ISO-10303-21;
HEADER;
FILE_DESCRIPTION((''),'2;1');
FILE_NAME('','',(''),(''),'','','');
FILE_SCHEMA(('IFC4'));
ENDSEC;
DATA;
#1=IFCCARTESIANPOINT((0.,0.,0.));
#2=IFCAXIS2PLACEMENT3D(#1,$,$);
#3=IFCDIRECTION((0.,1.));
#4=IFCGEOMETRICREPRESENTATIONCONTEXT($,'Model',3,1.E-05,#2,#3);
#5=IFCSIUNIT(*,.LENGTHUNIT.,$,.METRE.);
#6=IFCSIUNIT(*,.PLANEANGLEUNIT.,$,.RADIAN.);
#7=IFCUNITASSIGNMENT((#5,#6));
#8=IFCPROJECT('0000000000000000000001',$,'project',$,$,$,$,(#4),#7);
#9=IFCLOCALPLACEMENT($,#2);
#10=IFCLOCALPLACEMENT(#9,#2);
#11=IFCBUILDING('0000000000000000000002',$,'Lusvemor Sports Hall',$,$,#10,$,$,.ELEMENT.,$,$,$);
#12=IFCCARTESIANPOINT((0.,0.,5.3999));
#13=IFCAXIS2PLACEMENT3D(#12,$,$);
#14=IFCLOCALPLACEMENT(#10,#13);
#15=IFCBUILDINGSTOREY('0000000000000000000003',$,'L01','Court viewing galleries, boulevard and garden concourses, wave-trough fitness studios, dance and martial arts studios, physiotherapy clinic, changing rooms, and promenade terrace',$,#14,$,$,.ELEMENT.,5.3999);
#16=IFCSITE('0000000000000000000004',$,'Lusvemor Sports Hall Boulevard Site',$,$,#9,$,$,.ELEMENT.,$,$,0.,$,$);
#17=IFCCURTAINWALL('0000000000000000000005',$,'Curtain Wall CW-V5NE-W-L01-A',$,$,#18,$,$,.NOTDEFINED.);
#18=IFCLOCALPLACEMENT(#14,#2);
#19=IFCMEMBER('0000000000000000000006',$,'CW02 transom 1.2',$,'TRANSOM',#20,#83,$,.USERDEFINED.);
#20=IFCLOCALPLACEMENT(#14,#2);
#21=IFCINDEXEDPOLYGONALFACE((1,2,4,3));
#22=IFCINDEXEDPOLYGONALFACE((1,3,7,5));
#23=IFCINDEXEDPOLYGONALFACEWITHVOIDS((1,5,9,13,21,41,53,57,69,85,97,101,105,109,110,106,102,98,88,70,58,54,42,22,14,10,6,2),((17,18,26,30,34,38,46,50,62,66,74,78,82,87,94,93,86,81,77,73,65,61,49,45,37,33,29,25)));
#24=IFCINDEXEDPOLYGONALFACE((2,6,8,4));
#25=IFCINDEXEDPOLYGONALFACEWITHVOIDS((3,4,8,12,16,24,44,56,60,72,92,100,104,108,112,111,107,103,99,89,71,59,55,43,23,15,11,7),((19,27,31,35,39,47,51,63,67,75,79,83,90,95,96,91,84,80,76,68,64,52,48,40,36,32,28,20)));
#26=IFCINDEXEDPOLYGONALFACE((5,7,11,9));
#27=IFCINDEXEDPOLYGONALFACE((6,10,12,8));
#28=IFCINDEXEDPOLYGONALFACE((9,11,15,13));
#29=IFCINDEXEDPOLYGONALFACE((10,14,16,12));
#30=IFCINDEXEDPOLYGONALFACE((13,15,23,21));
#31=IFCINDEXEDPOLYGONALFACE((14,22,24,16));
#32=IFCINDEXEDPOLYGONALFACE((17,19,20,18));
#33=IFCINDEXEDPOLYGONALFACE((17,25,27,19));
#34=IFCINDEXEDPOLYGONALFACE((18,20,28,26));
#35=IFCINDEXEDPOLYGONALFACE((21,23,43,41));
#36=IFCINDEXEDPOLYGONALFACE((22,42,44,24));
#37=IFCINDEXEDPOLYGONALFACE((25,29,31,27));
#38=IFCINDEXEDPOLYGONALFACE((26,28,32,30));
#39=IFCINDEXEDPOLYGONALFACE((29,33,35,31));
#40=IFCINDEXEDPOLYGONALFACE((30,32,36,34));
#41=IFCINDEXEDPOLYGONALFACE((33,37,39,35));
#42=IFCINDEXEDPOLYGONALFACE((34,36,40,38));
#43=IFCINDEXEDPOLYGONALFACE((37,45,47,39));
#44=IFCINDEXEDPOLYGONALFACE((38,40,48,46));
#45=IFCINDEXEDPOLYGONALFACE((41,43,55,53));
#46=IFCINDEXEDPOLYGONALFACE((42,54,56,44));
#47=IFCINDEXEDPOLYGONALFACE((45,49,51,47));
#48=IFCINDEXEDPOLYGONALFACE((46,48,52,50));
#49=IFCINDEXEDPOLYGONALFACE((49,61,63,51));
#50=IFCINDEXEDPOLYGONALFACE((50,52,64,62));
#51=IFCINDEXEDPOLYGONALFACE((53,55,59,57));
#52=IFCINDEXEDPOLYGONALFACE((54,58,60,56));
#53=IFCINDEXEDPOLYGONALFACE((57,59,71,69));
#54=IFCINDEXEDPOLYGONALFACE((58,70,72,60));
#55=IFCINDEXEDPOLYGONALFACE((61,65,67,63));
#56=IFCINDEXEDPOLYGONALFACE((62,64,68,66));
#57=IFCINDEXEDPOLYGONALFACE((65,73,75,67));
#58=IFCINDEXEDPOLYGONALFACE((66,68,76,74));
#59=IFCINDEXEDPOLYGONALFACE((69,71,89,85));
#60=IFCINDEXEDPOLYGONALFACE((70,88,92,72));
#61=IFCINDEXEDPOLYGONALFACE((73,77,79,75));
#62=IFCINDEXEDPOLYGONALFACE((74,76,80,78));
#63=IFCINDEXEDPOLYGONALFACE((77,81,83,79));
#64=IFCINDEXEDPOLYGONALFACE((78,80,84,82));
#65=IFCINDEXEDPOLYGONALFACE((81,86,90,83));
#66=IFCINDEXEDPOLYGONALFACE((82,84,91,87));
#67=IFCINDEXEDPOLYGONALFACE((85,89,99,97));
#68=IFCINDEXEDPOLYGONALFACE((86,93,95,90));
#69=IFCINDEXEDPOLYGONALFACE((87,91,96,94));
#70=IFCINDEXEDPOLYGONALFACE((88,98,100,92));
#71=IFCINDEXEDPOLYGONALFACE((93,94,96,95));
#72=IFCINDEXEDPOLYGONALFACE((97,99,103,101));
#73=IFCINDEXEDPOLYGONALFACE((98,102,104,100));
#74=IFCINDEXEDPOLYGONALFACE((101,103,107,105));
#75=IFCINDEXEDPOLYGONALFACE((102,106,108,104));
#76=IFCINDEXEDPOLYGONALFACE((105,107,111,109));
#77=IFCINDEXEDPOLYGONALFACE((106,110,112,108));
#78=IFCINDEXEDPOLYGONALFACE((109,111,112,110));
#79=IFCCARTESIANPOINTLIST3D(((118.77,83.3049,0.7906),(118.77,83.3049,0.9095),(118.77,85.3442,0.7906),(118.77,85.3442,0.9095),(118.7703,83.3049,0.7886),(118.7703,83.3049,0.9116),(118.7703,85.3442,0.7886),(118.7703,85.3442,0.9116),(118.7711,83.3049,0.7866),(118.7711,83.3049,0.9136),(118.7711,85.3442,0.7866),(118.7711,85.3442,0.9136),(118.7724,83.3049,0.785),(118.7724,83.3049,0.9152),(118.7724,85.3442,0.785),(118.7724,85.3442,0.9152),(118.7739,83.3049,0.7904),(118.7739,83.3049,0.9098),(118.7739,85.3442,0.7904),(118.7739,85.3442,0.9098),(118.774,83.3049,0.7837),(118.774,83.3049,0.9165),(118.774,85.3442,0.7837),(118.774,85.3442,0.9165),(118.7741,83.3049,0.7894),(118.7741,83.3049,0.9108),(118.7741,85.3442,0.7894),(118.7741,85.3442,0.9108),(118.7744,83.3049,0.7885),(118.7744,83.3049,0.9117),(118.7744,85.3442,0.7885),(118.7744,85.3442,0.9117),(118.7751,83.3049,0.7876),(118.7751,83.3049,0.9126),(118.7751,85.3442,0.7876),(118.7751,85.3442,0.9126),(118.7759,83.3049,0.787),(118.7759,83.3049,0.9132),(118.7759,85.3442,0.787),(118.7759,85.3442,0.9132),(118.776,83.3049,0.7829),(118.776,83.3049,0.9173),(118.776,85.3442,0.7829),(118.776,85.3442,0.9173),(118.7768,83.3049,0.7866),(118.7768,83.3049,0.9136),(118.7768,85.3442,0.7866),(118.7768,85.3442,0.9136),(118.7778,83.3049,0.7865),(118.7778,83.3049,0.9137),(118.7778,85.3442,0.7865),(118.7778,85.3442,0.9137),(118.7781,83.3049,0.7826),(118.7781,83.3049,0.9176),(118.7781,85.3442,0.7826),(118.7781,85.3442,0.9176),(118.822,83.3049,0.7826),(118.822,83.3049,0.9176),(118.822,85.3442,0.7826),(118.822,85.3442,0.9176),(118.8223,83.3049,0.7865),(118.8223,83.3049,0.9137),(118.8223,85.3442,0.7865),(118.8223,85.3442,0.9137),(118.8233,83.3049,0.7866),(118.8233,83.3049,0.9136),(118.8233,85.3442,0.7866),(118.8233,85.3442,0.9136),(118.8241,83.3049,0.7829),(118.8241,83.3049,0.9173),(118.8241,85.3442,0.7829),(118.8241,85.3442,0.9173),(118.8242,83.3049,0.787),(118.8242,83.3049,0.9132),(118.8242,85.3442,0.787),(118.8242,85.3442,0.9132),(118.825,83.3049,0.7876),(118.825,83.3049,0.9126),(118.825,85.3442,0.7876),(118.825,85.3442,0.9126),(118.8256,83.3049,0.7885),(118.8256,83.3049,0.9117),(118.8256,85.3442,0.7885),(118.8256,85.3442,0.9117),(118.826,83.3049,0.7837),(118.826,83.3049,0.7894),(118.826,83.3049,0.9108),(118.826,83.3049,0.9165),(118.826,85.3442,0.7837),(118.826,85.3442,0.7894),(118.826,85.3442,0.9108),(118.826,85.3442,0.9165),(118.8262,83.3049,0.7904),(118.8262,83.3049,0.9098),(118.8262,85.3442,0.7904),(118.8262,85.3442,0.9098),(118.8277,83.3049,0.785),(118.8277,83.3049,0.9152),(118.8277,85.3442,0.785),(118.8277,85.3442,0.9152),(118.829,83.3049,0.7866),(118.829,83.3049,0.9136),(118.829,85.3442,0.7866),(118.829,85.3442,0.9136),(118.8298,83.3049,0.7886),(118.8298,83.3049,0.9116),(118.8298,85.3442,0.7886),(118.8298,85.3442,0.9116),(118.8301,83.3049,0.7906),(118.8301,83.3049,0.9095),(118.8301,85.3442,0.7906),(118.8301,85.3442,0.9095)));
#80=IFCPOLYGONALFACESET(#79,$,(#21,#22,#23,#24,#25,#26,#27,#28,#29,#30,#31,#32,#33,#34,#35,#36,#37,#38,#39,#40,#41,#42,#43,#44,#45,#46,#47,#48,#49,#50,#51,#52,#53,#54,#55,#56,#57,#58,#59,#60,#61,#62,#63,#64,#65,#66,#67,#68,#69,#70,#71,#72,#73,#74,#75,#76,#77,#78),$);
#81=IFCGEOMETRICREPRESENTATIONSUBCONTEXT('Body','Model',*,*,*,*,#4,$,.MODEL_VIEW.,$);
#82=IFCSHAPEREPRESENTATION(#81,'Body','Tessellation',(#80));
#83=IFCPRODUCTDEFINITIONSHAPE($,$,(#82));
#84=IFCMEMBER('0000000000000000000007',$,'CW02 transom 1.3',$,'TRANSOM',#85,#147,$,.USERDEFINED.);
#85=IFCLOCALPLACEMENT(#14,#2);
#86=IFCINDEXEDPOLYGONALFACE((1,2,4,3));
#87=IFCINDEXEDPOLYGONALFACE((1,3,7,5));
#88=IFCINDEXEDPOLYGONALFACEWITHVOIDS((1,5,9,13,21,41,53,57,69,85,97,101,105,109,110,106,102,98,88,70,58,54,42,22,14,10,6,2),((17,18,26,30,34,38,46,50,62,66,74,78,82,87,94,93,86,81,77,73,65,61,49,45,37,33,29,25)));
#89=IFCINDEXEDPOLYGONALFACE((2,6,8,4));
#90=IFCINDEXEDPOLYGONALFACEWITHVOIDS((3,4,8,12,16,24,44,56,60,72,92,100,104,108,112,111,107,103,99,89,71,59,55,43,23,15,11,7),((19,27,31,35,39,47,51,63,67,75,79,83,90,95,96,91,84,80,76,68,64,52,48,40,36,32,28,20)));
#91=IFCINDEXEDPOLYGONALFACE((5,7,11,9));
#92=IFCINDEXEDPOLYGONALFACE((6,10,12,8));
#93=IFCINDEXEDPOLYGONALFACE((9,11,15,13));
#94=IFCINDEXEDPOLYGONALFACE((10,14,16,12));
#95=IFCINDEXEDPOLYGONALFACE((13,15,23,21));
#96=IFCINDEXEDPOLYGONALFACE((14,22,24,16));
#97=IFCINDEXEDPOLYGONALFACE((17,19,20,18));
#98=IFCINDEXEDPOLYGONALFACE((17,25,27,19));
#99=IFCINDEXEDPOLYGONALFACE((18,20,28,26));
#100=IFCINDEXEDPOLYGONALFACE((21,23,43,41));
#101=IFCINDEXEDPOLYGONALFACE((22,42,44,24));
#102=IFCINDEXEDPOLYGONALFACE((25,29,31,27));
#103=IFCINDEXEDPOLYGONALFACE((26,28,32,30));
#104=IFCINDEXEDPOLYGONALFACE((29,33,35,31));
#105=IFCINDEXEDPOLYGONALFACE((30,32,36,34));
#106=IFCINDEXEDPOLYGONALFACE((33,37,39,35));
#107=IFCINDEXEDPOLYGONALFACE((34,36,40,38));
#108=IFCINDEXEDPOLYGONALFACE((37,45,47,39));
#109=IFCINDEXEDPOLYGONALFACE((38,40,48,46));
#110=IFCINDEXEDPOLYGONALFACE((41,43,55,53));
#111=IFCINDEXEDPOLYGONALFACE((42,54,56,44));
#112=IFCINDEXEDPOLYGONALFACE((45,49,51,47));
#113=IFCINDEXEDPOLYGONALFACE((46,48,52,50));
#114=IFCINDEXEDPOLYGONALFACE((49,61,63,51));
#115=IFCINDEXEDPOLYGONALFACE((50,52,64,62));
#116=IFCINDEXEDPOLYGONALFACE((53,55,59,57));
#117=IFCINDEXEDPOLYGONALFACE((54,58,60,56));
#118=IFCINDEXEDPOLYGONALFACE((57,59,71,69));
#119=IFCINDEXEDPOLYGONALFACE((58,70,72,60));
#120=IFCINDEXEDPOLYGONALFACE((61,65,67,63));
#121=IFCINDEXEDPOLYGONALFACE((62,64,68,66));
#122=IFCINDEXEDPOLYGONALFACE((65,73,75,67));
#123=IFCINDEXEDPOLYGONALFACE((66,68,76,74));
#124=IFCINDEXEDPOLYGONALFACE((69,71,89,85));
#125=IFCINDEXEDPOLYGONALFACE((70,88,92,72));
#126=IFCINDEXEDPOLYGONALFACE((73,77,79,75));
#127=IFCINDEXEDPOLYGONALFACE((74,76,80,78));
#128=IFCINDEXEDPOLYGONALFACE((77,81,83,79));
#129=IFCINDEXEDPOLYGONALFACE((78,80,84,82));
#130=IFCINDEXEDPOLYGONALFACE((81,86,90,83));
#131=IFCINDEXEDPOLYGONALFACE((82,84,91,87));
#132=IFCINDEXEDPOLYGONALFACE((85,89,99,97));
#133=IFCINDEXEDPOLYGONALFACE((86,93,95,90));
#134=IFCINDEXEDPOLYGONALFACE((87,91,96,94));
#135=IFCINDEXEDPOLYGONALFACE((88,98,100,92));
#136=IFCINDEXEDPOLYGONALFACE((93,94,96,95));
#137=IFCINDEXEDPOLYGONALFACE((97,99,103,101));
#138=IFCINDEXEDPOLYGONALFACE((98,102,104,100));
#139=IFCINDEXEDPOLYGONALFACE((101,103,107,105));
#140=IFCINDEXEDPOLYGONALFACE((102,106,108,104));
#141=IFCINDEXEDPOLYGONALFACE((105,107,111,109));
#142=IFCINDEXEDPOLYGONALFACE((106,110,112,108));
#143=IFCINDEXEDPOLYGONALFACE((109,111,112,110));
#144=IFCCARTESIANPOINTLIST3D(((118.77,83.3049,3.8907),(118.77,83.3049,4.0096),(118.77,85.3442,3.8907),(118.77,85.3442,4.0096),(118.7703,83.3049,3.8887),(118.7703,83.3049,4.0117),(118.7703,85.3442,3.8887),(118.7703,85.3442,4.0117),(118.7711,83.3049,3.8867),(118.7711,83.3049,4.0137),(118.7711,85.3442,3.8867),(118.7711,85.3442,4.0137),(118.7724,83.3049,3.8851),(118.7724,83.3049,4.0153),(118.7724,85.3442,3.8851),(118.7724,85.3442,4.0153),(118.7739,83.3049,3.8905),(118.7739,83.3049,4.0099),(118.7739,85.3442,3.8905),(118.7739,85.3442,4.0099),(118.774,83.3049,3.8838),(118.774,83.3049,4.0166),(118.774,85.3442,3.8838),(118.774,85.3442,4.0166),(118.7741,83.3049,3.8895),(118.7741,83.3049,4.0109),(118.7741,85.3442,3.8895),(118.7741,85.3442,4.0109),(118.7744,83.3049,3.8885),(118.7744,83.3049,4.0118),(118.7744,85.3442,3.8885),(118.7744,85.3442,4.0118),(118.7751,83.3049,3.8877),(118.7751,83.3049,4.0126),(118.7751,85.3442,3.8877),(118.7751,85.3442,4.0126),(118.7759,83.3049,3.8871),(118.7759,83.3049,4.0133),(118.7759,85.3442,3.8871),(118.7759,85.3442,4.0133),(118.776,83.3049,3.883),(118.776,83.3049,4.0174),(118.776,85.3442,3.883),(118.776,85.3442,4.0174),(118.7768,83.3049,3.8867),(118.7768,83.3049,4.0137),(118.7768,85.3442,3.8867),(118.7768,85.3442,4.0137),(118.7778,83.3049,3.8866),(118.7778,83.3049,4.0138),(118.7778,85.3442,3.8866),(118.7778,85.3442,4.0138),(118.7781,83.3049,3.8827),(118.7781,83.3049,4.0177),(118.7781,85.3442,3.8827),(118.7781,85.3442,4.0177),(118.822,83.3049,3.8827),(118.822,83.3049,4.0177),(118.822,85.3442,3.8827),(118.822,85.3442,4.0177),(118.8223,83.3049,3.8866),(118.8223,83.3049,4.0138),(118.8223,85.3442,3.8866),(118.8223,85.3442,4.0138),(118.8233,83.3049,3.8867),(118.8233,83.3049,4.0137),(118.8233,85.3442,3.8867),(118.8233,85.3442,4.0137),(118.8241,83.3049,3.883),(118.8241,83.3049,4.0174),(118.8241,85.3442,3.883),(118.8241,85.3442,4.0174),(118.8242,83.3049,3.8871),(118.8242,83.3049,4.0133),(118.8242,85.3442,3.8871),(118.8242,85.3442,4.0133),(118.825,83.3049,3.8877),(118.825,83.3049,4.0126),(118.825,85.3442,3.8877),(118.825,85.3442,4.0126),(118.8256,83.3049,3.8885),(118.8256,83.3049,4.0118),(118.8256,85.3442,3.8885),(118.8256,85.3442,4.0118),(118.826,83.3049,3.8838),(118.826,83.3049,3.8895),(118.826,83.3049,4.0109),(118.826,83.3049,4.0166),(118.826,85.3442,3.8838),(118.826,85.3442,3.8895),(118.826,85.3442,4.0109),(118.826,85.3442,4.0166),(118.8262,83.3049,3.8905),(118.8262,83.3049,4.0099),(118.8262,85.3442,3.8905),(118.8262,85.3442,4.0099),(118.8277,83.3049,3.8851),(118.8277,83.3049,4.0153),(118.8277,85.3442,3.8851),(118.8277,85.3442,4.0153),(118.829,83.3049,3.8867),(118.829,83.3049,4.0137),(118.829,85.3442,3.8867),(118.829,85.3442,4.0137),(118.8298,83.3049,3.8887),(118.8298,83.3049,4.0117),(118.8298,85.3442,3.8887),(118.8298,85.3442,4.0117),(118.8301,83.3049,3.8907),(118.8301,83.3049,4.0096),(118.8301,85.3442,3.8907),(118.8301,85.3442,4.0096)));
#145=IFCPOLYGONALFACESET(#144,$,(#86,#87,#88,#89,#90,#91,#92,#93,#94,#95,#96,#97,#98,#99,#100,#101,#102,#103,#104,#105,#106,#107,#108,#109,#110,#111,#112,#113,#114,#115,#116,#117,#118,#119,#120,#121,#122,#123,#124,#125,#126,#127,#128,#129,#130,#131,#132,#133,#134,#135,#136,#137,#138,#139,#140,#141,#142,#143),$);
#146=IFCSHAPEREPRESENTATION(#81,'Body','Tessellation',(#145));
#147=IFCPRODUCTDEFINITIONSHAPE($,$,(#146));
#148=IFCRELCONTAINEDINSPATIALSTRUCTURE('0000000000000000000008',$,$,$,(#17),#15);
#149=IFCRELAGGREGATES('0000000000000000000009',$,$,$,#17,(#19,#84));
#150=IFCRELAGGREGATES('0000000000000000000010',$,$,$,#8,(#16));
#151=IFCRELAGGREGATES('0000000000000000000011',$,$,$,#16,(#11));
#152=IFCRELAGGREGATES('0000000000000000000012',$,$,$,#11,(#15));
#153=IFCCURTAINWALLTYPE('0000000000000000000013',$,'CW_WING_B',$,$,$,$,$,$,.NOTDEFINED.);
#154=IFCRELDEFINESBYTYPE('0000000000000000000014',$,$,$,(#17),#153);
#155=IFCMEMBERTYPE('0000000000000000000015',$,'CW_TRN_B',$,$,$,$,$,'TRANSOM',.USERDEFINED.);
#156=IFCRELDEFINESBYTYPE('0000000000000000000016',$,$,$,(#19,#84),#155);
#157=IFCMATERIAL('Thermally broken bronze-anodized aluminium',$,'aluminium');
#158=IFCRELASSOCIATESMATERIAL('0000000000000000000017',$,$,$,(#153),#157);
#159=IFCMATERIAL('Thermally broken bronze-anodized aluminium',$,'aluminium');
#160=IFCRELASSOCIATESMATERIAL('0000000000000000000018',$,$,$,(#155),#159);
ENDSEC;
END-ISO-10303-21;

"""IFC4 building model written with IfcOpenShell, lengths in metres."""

from ifc_helpers import new_model, si_unit, direction, frame, origin, origin_2d, place, context, subcontext, project, spatial, hollow_rectangle, extrude, material, material_profile, profile_set, type_object, element, aggregate, save


model = new_model("IFC4")

# Units and contexts
model_context = context("Model", 3, precision=1e-05, world=origin(), true_north=direction((0.0, 1.0)))
body_context = subcontext(model_context, "Body", "Model", "MODEL_VIEW")
ifc_project = project(units=[si_unit("LENGTHUNIT", "METRE"), si_unit("PLANEANGLEUNIT", "RADIAN")], contexts=[model_context])

# Site, building, storey
site_placement = place(None, origin())
site = spatial("IfcSite", under=ifc_project, at=site_placement, Name="Lusvemor Sports Hall Boulevard Site", CompositionType="ELEMENT", RefElevation=0.0)
building_placement = place(site_placement, origin())
building = spatial("IfcBuilding", under=site, at=building_placement, Name="Lusvemor Sports Hall", CompositionType="ELEMENT")
storey_placement = place(building_placement, frame((0.0, 0.0, 5.3999)))
storey = spatial("IfcBuildingStorey", under=building, at=storey_placement, Name="L01", Description="Court viewing galleries, boulevard and garden concourses, wave-trough fitness studios, dance and martial arts studios, physiotherapy clinic, changing rooms, and promenade terrace", CompositionType="ELEMENT", Elevation=5.3999)

# Curtain wall
ifc_material_1 = material(Name="Thermally broken bronze-anodized aluminium", Category="aluminium")
curtain_wall_type = type_object("IfcCurtainWallType", Name="CW_WING_B", PredefinedType="NOTDEFINED", material=ifc_material_1)
curtain_wall_1_placement = place(storey_placement, origin())
curtain_wall_1 = element("IfcCurtainWall", 1, at=curtain_wall_1_placement, inside=storey, type_object=curtain_wall_type, Name="Curtain Wall CW-V5NE-W-L01-A", PredefinedType="NOTDEFINED")

# Members
ifc_material_2 = material(Name="Thermally broken bronze-anodized aluminium", Category="aluminium")
ifc_material_profile_1 = material_profile(ifc_material_2, hollow_rectangle(XDim=0.0601, YDim=0.135, WallThickness=0.0039, InnerFilletRadius=0.0039, OuterFilletRadius=0.0081, at=origin_2d()), Name="CWTRN135x60x4")
ifc_profile_set_1 = profile_set([ifc_material_profile_1], Name="Thermally broken bronze-anodized aluminium")
member_type_1 = type_object("IfcMemberType", Name="CW_TRN_B", ElementType="TRANSOM", PredefinedType="USERDEFINED", material=ifc_profile_set_1)
member_1_placement = place(storey_placement, frame((118.8, 83.3049, 0.8501), z_axis=(0.0, 1.0, 0.0), x_axis=(-1.0, 0.0, 0.0)))
member_1 = element("IfcMember", 2, at=member_1_placement, type_object=member_type_1, Name="CW02 transom 1.2", ObjectType="TRANSOM", PredefinedType="USERDEFINED", context=body_context, shape_type="SweptSolid", body=[
    extrude(hollow_rectangle(XDim=0.0601, YDim=0.135, WallThickness=0.0039, InnerFilletRadius=0.0039, OuterFilletRadius=0.0081, at=origin_2d()), origin(), (0.0, 0.0, 1.0), 2.0393),
])
member_2_placement = place(storey_placement, frame((118.8, 83.3049, 3.9502), z_axis=(0.0, 1.0, 0.0), x_axis=(-1.0, 0.0, 0.0)))
member_2 = element("IfcMember", 3, at=member_2_placement, type_object=member_type_1, Name="CW02 transom 1.3", ObjectType="TRANSOM", PredefinedType="USERDEFINED", context=body_context, shape_type="SweptSolid", body=[
    extrude(hollow_rectangle(XDim=0.0601, YDim=0.135, WallThickness=0.0039, InnerFilletRadius=0.0039, OuterFilletRadius=0.0081, at=origin_2d()), origin(), (0.0, 0.0, 1.0), 2.0393),
])

aggregate(curtain_wall_1, [member_1, member_2])

save(model, "model.ifc")
